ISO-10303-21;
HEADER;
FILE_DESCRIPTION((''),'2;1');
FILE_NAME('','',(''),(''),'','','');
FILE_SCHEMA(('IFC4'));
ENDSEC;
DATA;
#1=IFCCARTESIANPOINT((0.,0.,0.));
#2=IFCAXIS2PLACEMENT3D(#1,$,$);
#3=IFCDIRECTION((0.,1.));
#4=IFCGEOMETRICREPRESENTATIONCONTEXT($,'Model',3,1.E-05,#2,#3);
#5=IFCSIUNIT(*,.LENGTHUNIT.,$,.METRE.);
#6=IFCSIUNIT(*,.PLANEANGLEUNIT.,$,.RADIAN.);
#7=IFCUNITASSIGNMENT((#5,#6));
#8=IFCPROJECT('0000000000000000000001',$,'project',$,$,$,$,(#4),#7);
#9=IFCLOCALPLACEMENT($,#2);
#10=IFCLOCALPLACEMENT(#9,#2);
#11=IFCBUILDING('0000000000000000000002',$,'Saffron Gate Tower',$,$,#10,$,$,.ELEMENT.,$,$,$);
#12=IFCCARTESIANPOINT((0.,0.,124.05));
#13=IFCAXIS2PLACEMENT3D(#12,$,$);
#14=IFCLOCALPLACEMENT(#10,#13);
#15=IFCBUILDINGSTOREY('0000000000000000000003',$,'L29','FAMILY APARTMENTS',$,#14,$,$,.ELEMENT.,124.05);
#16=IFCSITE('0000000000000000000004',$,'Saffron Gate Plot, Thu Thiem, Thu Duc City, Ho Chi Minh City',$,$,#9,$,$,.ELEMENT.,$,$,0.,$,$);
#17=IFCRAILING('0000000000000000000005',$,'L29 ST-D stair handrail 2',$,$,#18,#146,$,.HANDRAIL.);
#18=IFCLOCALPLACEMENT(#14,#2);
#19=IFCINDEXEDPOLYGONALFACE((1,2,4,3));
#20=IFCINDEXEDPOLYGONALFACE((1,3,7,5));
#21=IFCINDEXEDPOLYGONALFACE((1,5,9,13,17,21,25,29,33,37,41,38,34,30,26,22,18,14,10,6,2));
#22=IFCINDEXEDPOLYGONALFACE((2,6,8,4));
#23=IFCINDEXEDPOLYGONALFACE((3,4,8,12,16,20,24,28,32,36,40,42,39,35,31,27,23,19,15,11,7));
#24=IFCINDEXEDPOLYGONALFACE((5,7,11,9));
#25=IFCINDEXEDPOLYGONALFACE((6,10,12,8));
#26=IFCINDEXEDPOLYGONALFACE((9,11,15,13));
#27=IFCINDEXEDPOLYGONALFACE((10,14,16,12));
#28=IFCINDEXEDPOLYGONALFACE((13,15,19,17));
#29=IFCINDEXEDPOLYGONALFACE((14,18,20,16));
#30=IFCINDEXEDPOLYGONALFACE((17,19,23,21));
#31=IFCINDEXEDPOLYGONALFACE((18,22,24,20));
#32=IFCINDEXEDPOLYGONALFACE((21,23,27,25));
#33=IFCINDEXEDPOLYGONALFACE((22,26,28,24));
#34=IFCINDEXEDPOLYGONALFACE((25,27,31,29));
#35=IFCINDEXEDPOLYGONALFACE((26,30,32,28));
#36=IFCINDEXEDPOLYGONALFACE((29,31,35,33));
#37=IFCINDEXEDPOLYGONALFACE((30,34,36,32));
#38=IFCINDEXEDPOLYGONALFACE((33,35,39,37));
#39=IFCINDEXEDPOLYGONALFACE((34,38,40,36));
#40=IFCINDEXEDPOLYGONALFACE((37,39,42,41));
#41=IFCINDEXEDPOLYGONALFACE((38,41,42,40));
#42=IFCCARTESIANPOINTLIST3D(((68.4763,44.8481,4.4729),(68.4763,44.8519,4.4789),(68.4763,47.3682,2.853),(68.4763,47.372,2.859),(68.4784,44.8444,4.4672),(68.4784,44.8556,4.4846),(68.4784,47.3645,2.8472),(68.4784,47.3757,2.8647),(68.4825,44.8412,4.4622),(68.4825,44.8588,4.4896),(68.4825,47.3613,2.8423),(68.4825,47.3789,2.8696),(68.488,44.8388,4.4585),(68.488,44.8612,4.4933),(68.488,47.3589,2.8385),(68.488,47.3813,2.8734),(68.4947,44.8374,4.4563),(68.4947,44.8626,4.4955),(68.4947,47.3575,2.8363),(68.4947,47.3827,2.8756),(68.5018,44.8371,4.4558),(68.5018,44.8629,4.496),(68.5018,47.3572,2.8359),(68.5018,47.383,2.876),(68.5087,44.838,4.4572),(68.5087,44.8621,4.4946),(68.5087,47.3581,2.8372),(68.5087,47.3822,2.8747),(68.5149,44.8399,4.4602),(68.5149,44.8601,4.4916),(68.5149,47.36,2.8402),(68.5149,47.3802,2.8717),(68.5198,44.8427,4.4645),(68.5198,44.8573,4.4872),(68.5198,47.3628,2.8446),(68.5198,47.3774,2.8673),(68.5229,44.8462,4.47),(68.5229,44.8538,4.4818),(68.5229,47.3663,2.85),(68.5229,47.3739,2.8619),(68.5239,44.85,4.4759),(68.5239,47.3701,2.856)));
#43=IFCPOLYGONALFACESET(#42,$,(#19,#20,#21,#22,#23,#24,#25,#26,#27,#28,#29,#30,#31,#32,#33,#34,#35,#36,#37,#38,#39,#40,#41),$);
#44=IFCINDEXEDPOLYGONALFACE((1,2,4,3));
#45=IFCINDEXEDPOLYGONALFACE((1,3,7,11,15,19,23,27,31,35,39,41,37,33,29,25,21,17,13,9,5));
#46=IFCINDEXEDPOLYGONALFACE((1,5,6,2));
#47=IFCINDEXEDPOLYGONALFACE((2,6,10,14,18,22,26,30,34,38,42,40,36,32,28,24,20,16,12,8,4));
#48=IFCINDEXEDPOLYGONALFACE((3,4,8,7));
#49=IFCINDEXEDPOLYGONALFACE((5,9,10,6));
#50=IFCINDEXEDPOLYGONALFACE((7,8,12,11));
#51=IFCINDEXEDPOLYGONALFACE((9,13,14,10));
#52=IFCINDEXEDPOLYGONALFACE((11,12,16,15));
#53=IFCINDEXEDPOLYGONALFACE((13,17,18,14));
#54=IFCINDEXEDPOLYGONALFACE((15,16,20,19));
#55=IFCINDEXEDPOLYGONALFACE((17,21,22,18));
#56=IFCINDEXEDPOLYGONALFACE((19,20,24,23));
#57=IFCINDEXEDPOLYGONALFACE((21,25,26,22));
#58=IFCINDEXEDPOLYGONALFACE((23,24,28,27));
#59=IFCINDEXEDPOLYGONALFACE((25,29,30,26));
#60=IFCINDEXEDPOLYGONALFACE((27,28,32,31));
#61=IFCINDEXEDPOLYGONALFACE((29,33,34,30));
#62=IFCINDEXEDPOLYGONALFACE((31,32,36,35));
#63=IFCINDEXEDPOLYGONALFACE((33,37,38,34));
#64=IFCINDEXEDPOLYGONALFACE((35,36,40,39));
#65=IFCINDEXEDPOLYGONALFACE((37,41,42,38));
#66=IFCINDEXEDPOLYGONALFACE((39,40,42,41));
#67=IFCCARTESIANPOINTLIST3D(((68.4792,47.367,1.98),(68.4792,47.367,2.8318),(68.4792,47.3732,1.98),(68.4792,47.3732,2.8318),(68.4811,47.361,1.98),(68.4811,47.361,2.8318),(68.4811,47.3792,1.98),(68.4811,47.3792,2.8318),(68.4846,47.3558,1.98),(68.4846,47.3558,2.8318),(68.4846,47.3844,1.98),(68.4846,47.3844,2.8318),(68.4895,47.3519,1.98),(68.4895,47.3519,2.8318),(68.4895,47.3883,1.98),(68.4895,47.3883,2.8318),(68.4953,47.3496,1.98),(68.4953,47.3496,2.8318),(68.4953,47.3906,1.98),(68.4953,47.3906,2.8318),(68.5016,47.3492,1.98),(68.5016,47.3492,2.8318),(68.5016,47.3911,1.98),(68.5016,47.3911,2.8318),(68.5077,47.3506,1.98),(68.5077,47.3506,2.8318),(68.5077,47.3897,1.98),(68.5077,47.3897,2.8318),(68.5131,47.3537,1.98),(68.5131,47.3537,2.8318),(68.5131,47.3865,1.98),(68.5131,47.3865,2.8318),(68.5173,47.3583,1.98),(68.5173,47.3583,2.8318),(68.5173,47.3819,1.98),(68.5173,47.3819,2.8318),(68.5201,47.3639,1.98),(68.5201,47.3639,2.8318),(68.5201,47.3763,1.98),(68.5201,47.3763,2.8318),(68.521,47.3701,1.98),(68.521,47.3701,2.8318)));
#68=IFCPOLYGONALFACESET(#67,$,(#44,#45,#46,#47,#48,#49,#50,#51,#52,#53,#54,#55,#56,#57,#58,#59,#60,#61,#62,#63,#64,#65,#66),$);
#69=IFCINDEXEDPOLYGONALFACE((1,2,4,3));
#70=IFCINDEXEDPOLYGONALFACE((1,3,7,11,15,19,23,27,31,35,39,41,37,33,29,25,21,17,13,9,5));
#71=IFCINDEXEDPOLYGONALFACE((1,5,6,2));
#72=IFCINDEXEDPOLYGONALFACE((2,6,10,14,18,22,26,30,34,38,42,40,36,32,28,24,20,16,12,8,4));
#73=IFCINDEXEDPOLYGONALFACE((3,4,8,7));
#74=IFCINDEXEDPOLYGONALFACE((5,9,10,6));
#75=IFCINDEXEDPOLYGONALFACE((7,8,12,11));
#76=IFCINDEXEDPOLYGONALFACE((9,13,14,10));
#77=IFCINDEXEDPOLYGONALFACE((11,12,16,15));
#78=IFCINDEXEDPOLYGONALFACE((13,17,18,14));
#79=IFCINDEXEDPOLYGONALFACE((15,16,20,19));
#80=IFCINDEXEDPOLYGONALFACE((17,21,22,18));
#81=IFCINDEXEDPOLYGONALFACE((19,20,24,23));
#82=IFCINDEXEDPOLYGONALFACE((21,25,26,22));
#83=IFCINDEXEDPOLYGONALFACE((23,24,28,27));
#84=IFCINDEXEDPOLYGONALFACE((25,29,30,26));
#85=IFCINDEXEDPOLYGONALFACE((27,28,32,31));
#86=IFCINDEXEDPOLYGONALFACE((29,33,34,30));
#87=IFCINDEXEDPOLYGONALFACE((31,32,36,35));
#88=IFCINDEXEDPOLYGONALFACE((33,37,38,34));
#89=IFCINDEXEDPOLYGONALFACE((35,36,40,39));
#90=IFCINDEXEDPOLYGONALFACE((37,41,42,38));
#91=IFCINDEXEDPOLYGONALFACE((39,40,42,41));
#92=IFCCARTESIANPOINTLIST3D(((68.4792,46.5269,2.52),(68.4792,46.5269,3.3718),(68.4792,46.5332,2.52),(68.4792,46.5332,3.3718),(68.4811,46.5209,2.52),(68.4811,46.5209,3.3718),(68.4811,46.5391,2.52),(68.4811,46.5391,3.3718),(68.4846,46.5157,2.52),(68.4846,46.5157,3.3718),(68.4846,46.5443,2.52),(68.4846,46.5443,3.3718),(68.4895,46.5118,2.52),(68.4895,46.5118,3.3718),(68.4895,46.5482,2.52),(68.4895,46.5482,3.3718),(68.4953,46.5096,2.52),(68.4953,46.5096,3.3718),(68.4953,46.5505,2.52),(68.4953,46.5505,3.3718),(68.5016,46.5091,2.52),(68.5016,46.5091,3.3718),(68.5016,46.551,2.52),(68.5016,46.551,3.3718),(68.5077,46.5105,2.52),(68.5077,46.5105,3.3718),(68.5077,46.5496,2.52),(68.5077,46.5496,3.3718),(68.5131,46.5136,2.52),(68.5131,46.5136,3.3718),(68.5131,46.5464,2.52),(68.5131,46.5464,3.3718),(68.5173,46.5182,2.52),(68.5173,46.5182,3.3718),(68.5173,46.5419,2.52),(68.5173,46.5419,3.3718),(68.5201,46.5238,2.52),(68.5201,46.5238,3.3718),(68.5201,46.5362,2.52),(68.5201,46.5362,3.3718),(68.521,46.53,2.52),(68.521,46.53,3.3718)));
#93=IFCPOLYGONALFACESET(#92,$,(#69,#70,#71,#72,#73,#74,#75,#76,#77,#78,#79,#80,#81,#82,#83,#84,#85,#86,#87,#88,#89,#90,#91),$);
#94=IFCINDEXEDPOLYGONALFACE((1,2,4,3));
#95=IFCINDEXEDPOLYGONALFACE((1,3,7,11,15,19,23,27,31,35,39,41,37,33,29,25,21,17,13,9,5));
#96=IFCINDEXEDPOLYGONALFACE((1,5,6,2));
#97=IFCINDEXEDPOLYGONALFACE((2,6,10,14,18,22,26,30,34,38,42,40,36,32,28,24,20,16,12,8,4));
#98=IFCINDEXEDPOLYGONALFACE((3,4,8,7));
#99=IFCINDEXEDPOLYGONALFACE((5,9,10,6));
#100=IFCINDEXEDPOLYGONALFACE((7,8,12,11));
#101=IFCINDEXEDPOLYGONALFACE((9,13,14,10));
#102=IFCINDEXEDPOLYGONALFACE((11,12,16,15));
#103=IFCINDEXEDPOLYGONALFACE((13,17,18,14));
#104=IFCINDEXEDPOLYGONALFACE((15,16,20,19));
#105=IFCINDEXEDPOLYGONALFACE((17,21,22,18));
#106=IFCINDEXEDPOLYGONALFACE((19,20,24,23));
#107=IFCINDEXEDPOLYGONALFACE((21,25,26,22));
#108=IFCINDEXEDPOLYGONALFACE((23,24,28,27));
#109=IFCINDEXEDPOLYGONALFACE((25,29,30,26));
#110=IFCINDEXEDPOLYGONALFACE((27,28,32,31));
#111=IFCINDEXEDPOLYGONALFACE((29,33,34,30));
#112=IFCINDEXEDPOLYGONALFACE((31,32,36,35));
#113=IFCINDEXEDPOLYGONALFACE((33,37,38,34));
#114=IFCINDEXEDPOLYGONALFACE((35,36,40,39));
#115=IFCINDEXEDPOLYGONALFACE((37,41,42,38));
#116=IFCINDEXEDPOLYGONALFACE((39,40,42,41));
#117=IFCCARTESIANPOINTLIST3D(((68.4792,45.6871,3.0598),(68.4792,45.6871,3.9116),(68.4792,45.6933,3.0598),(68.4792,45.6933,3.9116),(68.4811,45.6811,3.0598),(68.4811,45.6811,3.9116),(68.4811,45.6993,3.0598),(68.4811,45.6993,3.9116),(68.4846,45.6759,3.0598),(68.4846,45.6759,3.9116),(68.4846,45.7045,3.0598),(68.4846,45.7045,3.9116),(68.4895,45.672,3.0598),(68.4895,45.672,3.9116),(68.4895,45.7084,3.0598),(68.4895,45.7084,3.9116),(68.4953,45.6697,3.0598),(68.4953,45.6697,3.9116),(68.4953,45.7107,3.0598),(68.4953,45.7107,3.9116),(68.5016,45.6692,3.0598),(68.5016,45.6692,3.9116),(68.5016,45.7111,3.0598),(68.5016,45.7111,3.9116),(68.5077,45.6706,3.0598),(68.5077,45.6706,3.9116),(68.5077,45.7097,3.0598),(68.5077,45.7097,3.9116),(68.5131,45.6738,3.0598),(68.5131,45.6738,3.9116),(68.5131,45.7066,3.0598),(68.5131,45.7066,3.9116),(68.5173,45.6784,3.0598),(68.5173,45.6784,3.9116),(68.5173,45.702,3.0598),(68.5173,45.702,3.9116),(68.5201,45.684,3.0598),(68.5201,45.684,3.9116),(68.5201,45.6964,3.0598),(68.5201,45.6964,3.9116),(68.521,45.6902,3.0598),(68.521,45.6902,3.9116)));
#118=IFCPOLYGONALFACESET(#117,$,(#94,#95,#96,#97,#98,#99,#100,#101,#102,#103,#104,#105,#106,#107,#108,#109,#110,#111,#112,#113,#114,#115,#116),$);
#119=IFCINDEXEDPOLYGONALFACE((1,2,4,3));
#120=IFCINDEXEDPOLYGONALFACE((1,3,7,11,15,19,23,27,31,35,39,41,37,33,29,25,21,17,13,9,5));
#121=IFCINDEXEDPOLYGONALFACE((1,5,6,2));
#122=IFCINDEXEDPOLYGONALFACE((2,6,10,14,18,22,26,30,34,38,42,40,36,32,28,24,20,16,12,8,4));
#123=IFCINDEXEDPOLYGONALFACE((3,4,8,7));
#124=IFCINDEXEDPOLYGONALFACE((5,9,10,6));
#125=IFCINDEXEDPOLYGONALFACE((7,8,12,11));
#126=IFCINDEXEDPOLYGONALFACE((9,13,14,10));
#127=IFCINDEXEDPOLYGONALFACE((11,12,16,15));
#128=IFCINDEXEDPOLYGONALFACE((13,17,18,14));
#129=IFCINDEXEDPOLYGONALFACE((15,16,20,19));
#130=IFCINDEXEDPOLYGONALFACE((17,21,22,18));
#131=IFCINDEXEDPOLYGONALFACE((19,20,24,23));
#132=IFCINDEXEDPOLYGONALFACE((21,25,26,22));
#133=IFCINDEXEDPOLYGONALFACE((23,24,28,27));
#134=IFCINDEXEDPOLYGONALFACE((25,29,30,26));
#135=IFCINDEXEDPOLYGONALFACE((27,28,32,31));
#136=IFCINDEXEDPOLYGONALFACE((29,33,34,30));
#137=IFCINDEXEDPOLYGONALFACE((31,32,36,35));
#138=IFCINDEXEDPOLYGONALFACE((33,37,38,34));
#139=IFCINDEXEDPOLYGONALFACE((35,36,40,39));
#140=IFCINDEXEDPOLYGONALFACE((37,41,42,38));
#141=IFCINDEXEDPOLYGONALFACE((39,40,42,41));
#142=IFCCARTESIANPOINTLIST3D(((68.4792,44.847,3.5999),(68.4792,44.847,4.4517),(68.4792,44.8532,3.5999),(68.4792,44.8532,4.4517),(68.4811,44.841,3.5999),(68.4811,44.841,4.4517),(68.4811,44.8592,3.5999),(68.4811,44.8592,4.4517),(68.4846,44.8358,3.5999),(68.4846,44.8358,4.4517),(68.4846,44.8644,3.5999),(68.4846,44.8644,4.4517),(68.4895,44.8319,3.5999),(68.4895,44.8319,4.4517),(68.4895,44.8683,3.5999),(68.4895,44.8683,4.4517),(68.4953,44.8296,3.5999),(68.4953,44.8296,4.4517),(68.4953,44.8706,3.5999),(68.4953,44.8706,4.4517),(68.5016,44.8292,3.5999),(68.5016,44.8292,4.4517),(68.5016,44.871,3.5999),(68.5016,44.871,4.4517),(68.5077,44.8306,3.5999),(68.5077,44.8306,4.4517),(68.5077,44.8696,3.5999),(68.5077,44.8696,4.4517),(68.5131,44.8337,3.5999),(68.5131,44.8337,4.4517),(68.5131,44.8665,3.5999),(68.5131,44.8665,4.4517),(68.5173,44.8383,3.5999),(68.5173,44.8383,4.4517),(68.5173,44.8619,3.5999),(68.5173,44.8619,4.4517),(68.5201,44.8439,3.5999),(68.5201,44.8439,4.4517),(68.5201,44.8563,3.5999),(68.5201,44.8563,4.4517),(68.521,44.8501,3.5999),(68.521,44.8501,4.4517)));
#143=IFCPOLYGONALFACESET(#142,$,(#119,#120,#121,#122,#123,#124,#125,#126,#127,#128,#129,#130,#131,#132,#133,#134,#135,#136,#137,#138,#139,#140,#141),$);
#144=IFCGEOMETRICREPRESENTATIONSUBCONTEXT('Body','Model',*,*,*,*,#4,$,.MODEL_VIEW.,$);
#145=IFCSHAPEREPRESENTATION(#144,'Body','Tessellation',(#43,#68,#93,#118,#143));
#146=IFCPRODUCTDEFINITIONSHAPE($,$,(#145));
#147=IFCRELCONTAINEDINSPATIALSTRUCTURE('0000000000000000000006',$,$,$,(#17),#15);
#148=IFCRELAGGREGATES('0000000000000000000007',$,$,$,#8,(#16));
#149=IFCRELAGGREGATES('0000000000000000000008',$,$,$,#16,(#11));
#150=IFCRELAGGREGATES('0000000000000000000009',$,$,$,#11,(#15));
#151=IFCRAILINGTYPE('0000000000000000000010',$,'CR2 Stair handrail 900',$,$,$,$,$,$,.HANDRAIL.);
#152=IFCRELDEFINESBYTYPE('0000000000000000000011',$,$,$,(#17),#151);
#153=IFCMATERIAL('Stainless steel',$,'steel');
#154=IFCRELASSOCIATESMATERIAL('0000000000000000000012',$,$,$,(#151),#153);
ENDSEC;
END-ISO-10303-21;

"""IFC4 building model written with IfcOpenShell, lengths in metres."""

from ifc_helpers import new_model, si_unit, direction, frame, origin, origin_2d, place, context, subcontext, project, spatial, circle, extrude, material, type_object, element, save


model = new_model("IFC4")

# Units and contexts
model_context = context("Model", 3, precision=1e-05, world=origin(), true_north=direction((0.0, 1.0)))
body_context = subcontext(model_context, "Body", "Model", "MODEL_VIEW")
ifc_project = project(units=[si_unit("LENGTHUNIT", "METRE"), si_unit("PLANEANGLEUNIT", "RADIAN")], contexts=[model_context])

# Site, building, storey
site_placement = place(None, origin())
site = spatial("IfcSite", under=ifc_project, at=site_placement, Name="Saffron Gate Plot, Thu Thiem, Thu Duc City, Ho Chi Minh City", CompositionType="ELEMENT", RefElevation=0.0)
building_placement = place(site_placement, origin())
building = spatial("IfcBuilding", under=site, at=building_placement, Name="Saffron Gate Tower", CompositionType="ELEMENT")
storey_placement = place(building_placement, frame((0.0, 0.0, 124.05)))
storey = spatial("IfcBuildingStorey", under=building, at=storey_placement, Name="L29", Description="FAMILY APARTMENTS", CompositionType="ELEMENT", Elevation=124.05)

# Railing
ifc_material_1 = material(Name="Stainless steel", Category="steel")
railing_type_1 = type_object("IfcRailingType", Name="CR2 Stair handrail 900", PredefinedType="HANDRAIL", material=ifc_material_1)
railing_1_placement = place(storey_placement, frame((68.5, 47.3701, 1.98)))
element("IfcRailing", 1, at=railing_1_placement, inside=storey, type_object=railing_type_1, Name="L29 ST-D stair handrail 2", PredefinedType="HANDRAIL", context=body_context, shape_type="SweptSolid", body=[
    extrude(circle(Radius=0.0239, at=origin_2d()), frame((0.0, 0.0, 0.876), z_axis=(0.0, -0.8412, 0.540725), x_axis=(1.0, 0.0, 0.0)), (0.0, 0.0, 1.0), 2.9958),
    extrude(circle(Radius=0.021, at=origin_2d()), origin(), (0.0, 0.0, 1.0), 0.8518),
    extrude(circle(Radius=0.021, at=origin_2d()), frame((0.0, -0.8401, 0.54)), (0.0, 0.0, 1.0), 0.8518),
    extrude(circle(Radius=0.021, at=origin_2d()), frame((0.0, -1.6799, 1.0798)), (0.0, 0.0, 1.0), 0.8518),
    extrude(circle(Radius=0.021, at=origin_2d()), frame((0.0, -2.52, 1.6199)), (0.0, 0.0, 1.0), 0.8518),
])

save(model, "model.ifc")
